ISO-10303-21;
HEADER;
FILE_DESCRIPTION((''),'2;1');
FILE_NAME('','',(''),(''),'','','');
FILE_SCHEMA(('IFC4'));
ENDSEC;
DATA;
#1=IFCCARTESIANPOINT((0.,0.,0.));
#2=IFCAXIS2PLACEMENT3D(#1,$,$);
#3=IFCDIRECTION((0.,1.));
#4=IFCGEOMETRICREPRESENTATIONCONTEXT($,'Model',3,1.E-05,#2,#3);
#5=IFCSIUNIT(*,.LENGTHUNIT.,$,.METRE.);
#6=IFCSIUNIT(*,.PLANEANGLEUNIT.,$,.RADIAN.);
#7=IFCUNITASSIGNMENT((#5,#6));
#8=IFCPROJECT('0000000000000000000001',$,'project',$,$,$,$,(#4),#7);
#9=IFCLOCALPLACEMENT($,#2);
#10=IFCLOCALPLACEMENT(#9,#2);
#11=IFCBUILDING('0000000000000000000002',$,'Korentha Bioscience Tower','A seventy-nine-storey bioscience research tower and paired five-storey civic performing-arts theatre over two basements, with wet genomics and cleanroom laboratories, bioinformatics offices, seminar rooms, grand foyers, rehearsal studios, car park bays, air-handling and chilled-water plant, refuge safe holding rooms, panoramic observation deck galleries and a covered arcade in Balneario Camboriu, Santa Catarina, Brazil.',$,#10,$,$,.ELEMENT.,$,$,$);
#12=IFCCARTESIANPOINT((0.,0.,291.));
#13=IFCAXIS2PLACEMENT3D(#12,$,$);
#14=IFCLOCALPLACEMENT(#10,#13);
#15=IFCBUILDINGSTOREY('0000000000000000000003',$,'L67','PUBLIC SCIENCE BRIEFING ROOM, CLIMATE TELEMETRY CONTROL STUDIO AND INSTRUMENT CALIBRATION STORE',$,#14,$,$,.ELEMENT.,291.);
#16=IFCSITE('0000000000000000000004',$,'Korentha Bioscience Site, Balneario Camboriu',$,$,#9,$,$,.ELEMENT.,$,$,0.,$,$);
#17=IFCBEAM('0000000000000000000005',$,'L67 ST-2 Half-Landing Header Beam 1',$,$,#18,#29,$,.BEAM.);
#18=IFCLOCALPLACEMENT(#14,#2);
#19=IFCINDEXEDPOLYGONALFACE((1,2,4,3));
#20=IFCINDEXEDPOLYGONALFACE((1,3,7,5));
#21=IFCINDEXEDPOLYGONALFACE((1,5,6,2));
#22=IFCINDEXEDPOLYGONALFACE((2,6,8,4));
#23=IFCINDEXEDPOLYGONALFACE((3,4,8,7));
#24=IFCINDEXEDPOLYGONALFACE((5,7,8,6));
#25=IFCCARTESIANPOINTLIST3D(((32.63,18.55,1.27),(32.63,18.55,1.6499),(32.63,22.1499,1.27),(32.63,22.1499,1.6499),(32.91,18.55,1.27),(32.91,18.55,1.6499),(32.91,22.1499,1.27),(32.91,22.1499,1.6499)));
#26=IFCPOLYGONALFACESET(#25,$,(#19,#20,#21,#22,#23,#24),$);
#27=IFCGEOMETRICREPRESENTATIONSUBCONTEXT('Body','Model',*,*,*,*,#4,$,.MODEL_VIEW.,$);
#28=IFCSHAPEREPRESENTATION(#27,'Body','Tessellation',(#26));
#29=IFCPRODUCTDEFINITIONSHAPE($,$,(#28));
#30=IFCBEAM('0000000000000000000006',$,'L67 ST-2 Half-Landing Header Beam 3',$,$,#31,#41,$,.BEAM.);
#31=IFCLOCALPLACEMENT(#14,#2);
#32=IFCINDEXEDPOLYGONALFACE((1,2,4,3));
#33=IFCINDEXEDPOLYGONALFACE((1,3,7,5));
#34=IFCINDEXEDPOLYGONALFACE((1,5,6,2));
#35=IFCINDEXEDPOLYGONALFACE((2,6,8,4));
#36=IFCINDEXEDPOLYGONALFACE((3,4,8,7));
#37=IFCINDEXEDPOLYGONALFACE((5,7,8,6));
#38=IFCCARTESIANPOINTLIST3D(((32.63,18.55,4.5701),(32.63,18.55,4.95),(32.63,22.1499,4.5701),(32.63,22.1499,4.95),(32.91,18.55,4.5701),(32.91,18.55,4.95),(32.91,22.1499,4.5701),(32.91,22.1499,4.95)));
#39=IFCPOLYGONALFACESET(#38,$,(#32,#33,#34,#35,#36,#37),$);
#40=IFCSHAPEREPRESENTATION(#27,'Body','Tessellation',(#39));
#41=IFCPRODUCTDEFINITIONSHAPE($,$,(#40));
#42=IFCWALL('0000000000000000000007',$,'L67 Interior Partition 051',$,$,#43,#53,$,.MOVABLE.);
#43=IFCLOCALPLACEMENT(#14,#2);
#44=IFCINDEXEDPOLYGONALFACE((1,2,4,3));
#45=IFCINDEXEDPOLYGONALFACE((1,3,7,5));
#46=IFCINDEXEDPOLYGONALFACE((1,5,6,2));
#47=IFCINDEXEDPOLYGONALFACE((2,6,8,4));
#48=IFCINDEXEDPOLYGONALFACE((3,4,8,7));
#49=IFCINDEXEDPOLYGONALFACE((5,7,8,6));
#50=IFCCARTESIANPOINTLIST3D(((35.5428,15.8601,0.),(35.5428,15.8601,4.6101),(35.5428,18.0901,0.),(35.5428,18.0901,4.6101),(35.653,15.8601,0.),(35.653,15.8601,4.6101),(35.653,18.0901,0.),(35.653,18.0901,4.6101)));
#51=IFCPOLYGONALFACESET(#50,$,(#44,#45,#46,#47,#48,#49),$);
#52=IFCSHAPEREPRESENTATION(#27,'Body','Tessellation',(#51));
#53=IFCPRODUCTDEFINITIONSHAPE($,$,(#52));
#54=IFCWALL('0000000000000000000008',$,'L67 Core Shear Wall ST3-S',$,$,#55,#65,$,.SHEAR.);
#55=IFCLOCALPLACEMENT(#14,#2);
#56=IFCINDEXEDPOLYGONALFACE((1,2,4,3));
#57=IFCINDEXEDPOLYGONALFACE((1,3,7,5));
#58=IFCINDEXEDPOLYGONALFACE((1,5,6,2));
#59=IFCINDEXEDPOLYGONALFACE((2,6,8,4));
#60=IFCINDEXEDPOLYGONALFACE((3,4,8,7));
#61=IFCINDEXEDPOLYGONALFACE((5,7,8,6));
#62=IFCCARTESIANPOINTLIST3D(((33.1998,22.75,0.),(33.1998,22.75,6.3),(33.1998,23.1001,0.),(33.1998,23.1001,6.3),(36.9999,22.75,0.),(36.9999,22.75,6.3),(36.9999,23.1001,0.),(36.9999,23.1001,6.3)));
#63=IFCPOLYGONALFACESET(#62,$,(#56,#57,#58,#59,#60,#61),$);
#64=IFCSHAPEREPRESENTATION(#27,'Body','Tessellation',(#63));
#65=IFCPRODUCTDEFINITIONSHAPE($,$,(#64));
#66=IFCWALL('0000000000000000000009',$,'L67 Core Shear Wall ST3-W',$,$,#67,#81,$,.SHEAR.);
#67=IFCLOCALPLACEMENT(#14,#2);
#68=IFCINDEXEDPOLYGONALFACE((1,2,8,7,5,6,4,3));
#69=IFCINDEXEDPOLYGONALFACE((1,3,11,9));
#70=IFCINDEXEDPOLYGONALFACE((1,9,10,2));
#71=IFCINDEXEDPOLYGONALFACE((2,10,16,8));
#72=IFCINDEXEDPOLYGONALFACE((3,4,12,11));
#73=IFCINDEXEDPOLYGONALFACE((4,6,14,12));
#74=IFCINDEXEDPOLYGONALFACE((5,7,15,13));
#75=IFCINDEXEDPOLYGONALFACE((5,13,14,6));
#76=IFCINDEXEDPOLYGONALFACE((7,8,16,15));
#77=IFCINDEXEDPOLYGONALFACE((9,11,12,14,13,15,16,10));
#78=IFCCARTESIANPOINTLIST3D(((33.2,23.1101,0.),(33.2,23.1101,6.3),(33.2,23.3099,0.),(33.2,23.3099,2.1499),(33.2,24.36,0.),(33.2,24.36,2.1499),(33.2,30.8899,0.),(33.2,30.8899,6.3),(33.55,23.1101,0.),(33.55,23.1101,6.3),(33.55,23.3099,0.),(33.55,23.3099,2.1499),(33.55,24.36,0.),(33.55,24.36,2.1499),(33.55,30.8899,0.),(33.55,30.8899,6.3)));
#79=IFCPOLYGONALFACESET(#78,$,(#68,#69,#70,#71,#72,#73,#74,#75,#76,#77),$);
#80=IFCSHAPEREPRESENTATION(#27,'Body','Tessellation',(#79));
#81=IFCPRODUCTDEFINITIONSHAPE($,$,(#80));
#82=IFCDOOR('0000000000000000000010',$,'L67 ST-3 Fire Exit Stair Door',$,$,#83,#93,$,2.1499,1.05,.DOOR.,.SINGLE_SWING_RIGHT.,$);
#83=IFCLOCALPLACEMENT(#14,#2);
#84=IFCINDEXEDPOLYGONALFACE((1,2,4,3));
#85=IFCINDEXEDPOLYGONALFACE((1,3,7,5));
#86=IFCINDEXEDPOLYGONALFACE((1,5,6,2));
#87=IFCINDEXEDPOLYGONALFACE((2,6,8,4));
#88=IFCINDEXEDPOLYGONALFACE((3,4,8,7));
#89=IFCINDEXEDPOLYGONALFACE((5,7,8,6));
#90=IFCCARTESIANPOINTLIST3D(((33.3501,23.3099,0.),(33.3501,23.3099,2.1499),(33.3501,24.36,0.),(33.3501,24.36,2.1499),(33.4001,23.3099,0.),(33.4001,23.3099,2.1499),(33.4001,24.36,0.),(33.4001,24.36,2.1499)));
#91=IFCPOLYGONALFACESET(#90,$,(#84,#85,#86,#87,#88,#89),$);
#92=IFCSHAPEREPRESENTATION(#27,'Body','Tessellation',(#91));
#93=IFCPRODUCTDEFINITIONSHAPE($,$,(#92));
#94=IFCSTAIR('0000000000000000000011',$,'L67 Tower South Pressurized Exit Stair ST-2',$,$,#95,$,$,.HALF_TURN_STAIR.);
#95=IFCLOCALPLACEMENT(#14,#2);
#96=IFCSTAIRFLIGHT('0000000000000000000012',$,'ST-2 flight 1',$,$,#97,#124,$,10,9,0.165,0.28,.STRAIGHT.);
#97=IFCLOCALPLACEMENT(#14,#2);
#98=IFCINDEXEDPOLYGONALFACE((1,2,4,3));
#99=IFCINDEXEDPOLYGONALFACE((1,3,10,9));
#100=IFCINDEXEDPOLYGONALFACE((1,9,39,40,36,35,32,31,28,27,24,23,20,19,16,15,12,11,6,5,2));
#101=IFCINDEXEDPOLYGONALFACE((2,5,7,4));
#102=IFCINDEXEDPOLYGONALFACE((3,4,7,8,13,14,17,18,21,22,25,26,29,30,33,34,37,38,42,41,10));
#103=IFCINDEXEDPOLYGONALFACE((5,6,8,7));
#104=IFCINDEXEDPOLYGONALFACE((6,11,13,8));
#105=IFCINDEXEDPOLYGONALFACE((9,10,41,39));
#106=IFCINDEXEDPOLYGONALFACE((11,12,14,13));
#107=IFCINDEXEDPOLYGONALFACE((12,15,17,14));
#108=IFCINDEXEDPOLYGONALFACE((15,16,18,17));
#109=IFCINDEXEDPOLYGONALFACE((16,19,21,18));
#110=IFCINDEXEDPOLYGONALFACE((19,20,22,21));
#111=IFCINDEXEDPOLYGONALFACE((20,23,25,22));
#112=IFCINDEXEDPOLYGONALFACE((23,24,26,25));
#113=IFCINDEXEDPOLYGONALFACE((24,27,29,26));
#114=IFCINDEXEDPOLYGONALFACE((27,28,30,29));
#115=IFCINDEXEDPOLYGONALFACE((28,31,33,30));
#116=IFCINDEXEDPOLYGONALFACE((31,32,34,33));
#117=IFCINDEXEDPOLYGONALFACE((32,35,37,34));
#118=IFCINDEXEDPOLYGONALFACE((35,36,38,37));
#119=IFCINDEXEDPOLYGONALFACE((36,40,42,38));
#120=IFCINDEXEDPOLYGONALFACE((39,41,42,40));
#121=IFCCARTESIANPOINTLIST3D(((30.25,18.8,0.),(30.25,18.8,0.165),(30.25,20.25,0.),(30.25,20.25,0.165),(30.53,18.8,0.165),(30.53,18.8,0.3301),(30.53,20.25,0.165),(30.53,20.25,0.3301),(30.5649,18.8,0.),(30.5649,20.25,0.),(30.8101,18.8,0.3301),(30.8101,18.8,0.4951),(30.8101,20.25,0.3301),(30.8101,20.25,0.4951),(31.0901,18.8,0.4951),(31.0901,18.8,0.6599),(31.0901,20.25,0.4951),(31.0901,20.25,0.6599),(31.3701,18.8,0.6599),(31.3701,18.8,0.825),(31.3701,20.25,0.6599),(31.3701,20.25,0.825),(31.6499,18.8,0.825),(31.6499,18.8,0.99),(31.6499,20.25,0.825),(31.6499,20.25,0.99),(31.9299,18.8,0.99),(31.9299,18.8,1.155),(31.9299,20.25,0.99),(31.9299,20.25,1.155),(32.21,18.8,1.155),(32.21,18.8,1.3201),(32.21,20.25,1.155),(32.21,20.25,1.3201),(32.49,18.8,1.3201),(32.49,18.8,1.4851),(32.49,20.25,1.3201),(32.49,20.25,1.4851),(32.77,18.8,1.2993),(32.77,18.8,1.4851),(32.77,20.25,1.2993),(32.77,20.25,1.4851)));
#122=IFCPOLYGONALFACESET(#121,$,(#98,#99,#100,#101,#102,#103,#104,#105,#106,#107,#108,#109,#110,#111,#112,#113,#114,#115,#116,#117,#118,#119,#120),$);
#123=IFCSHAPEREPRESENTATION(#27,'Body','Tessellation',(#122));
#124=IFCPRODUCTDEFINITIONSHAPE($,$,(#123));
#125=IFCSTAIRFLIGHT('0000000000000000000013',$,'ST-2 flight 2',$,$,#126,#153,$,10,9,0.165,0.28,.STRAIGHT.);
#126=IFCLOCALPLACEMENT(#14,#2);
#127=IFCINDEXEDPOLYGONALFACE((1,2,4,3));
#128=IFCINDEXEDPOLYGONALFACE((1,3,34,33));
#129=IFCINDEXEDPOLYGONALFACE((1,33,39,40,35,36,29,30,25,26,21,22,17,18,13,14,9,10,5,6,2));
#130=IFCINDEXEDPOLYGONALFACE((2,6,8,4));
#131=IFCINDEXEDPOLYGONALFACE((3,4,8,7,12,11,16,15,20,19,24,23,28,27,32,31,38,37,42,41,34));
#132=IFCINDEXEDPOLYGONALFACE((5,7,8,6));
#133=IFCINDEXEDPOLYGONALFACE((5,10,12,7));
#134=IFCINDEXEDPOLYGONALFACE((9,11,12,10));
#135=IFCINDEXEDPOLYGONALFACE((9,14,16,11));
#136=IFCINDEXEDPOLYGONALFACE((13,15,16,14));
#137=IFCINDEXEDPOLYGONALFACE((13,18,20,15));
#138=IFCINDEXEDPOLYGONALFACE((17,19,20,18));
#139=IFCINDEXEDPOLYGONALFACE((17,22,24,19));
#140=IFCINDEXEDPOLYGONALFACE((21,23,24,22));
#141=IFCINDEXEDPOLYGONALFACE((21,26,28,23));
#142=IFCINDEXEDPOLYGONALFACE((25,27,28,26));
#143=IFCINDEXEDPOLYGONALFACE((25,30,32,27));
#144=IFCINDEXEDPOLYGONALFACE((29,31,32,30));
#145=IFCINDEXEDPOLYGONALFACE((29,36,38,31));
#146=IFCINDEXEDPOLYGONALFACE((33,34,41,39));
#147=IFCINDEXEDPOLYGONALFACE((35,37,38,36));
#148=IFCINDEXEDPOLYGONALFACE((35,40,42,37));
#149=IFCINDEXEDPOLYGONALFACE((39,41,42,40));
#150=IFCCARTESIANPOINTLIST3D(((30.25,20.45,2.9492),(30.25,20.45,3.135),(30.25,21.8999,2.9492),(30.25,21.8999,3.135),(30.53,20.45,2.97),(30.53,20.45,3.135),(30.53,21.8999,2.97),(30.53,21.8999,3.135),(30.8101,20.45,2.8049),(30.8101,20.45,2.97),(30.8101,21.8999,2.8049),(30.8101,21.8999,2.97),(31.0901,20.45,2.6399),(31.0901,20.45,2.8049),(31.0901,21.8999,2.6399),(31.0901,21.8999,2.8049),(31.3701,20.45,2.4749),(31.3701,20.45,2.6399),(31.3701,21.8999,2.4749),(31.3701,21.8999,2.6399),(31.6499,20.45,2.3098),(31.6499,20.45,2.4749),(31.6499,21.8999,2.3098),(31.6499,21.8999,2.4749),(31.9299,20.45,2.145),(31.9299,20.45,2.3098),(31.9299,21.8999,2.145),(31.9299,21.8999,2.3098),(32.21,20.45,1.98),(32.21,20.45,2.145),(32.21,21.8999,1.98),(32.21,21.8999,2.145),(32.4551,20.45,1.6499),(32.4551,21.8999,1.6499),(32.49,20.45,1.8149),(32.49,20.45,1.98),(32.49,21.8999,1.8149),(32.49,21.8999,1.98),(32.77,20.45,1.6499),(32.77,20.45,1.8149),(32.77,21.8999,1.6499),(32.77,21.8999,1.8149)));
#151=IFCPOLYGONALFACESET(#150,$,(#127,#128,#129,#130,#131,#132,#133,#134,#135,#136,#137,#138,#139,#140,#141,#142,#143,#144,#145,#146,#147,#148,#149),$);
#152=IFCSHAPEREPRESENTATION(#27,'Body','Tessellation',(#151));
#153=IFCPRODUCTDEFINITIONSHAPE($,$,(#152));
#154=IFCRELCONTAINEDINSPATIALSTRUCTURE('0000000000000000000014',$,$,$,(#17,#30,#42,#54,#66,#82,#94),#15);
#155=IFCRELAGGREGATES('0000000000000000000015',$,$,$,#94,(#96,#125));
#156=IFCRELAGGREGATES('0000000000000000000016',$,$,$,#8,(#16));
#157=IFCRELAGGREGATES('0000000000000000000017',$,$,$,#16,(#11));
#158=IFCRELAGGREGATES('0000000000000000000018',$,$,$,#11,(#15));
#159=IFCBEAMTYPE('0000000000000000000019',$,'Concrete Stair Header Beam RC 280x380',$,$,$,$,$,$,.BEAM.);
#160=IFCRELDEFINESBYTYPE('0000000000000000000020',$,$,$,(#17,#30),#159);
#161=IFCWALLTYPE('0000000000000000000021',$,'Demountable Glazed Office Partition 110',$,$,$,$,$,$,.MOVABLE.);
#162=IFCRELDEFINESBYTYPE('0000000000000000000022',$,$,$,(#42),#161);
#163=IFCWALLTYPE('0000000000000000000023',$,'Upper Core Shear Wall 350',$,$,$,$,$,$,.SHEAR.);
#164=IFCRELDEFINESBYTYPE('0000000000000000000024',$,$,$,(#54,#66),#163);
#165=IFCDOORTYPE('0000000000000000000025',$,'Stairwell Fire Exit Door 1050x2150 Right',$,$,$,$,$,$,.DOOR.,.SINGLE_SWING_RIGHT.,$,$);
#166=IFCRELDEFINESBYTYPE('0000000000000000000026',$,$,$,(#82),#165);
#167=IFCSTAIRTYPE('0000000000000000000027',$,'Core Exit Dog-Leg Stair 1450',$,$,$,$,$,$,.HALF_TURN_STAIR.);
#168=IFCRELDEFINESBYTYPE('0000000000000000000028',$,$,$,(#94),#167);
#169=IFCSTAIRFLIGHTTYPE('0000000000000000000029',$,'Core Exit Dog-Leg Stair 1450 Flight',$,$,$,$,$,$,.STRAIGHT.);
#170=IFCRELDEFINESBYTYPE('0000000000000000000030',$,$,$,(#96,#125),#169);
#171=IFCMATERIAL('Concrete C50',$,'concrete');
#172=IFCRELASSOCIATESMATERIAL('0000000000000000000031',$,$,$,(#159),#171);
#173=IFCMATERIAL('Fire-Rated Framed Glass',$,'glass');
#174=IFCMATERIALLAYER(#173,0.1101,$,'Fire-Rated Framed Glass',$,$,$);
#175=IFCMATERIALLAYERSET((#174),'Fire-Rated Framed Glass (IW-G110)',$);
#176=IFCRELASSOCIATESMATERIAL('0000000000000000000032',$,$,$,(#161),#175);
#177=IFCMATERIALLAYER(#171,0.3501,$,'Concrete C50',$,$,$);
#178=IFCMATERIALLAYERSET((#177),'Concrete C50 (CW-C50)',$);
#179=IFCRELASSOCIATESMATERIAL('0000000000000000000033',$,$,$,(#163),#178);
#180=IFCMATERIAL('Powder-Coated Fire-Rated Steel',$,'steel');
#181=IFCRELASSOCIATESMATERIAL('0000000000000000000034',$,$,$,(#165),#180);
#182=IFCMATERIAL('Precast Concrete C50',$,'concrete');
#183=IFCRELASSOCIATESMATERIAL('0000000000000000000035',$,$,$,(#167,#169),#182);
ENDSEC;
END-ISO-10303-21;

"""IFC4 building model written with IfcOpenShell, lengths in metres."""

from ifc_helpers import new_model, si_unit, direction, frame, frame_2d, origin, origin_2d, place, context, subcontext, project, spatial, polyline, rectangle, outline, extrude, material, layer, layer_set, material_profile, profile_set, type_object, element, fill, aggregate, save


model = new_model("IFC4")

# Units and contexts
model_context = context("Model", 3, precision=1e-05, world=origin(), true_north=direction((0.0, 1.0)))
body_context = subcontext(model_context, "Body", "Model", "MODEL_VIEW")
ifc_project = project(units=[si_unit("LENGTHUNIT", "METRE"), si_unit("PLANEANGLEUNIT", "RADIAN")], contexts=[model_context])

# Site, building, storey
site_placement = place(None, origin())
site = spatial("IfcSite", under=ifc_project, at=site_placement, Name="Korentha Bioscience Site, Balneario Camboriu", CompositionType="ELEMENT", RefElevation=0.0)
building_placement = place(site_placement, origin())
building = spatial("IfcBuilding", under=site, at=building_placement, Name="Korentha Bioscience Tower", Description="A seventy-nine-storey bioscience research tower and paired five-storey civic performing-arts theatre over two basements, with wet genomics and cleanroom laboratories, bioinformatics offices, seminar rooms, grand foyers, rehearsal studios, car park bays, air-handling and chilled-water plant, refuge safe holding rooms, panoramic observation deck galleries and a covered arcade in Balneario Camboriu, Santa Catarina, Brazil.", CompositionType="ELEMENT")
storey_placement = place(building_placement, frame((0.0, 0.0, 291.0)))
storey = spatial("IfcBuildingStorey", under=building, at=storey_placement, Name="L67", Description="PUBLIC SCIENCE BRIEFING ROOM, CLIMATE TELEMETRY CONTROL STUDIO AND INSTRUMENT CALIBRATION STORE", CompositionType="ELEMENT", Elevation=291.0)

# Beams
ifc_material_1 = material(Name="Concrete C50", Category="concrete")
ifc_material_profile = material_profile(ifc_material_1, rectangle(XDim=0.28, YDim=0.3799, at=origin_2d()), Name="Concrete C50")
ifc_profile_set = profile_set([ifc_material_profile], Name="Concrete C50 (ST-HB380)")
beam_type = type_object("IfcBeamType", Name="Concrete Stair Header Beam RC 280x380", PredefinedType="BEAM", material=ifc_profile_set)
for number, where, z_axis, x_axis, name in (
    (1, (32.77, 18.55, 1.46), (0.0, 1.0, 0.0), (-1.0, 0.0, 0.0), "L67 ST-2 Half-Landing Header Beam 1"),
    (2, (32.77, 18.55, 4.76), (0.0, 1.0, 0.0), (-1.0, 0.0, 0.0), "L67 ST-2 Half-Landing Header Beam 3"),
):
    element("IfcBeam", number, at=place(storey_placement, frame(where, z_axis=z_axis, x_axis=x_axis)), inside=storey, type_object=beam_type, Name=name, PredefinedType="BEAM", context=body_context, shape_type="SweptSolid", body=[
        extrude(rectangle(XDim=0.28, YDim=0.3799, at=origin_2d()), origin(), (0.0, 0.0, 1.0), 3.5999),
    ])

# Walls
ifc_material_2 = material(Name="Fire-Rated Framed Glass", Category="glass")
ifc_layer_1 = layer(ifc_material_2, 0.1101, Name="Fire-Rated Framed Glass")
ifc_layer_set_1 = layer_set([ifc_layer_1], Name="Fire-Rated Framed Glass (IW-G110)")
wall_type_1 = type_object("IfcWallType", Name="Demountable Glazed Office Partition 110", PredefinedType="MOVABLE", material=ifc_layer_set_1)
wall_1_placement = place(storey_placement, frame((35.5979, 18.0901, 0.0), z_axis=(0.0, 0.0, 1.0), x_axis=(0.0, -1.0, 0.0)))
element("IfcWall", 3, at=wall_1_placement, inside=storey, type_object=wall_type_1, Name="L67 Interior Partition 051", PredefinedType="MOVABLE", context=body_context, shape_type="SweptSolid", body=[
    extrude(rectangle(XDim=2.23, YDim=0.1101, at=frame_2d((1.115, 0.0))), origin(), (0.0, 0.0, 1.0), 4.6101),
])
ifc_layer_2 = layer(ifc_material_1, 0.3501, Name="Concrete C50")
ifc_layer_set_2 = layer_set([ifc_layer_2], Name="Concrete C50 (CW-C50)")
wall_type_2 = type_object("IfcWallType", Name="Upper Core Shear Wall 350", PredefinedType="SHEAR", material=ifc_layer_set_2)
wall_2_placement = place(storey_placement, frame((33.2, 22.925, 0.0), z_axis=(0.0, 0.0, 1.0), x_axis=(1.0, 0.0, 0.0)))
element("IfcWall", 4, at=wall_2_placement, inside=storey, type_object=wall_type_2, Name="L67 Core Shear Wall ST3-S", PredefinedType="SHEAR", context=body_context, shape_type="SweptSolid", body=[
    extrude(rectangle(XDim=3.8, YDim=0.3501, at=frame_2d((1.8999, 0.0))), origin(), (0.0, 0.0, 1.0), 6.3),
])

# Wall, opening, door
wall_3_placement = place(storey_placement, frame((33.375, 23.1101, 0.0), z_axis=(0.0, 0.0, 1.0), x_axis=(0.0, 1.0, 0.0)))
wall_3 = element("IfcWall", 5, at=wall_3_placement, inside=storey, type_object=wall_type_2, Name="L67 Core Shear Wall ST3-W", PredefinedType="SHEAR", context=body_context, shape_type="SweptSolid", body=[
    extrude(rectangle(XDim=7.7798, YDim=0.3501, at=frame_2d((3.8899, 0.0))), origin(), (0.0, 0.0, 1.0), 6.3),
])
opening_placement = place(wall_3_placement, frame((0.2, 0.0, 0.0)))
opening = element("IfcOpeningElement", 6, at=opening_placement, cuts=wall_3, PredefinedType="OPENING", context=body_context, shape_type="SweptSolid", body=[
    extrude(rectangle(XDim=1.05, YDim=2.1499, at=frame_2d((0.5249, 1.075))), frame((0.0, 0.1899, 0.0), z_axis=(0.0, -1.0, 0.0), x_axis=(1.0, 0.0, 0.0)), (0.0, 0.0, 1.0), 0.3799),
])
ifc_material_3 = material(Name="Powder-Coated Fire-Rated Steel", Category="steel")
door_type = type_object("IfcDoorType", Name="Stairwell Fire Exit Door 1050x2150 Right", OperationType="SINGLE_SWING_RIGHT", PredefinedType="DOOR", material=ifc_material_3)
door_placement = place(opening_placement, origin())
door = element("IfcDoor", 7, at=door_placement, inside=storey, type_object=door_type, Name="L67 ST-3 Fire Exit Stair Door", OperationType="SINGLE_SWING_RIGHT", OverallHeight=2.1499, OverallWidth=1.05, PredefinedType="DOOR", context=body_context, shape_type="SweptSolid", body=[
    extrude(rectangle(XDim=1.05, YDim=2.1499, at=frame_2d((0.5249, 1.075))), frame((0.0, 0.0249, 0.0), z_axis=(0.0, -1.0, 0.0), x_axis=(1.0, 0.0, 0.0)), (0.0, 0.0, 1.0), 0.05),
])
fill(opening, door)

# Stair, stair flights
ifc_material_4 = material(Name="Precast Concrete C50", Category="concrete")
stair_type = type_object("IfcStairType", Name="Core Exit Dog-Leg Stair 1450", PredefinedType="HALF_TURN_STAIR", material=ifc_material_4)
stair_placement = place(storey_placement, origin())
stair = element("IfcStair", 8, at=stair_placement, inside=storey, type_object=stair_type, Name="L67 Tower South Pressurized Exit Stair ST-2", PredefinedType="HALF_TURN_STAIR")
stair_flight_type = type_object("IfcStairFlightType", Name="Core Exit Dog-Leg Stair 1450 Flight", PredefinedType="STRAIGHT", material=ifc_material_4)
stair_flight_1_placement = place(storey_placement, frame((30.25, 19.5249, 0.0), z_axis=(0.0, 0.0, 1.0), x_axis=(1.0, 0.0, 0.0)))
stair_flight_1 = element("IfcStairFlight", 9, at=stair_flight_1_placement, type_object=stair_flight_type, Name="ST-2 flight 1", NumberOfRisers=10, NumberOfTreads=9, PredefinedType="STRAIGHT", RiserHeight=0.165, TreadLength=0.28, context=body_context, shape_type="SweptSolid", body=[
    extrude(outline(polyline([(0.0, 0.0), (0.0, 0.165), (0.28, 0.165), (0.28, 0.3301), (0.5601, 0.3301), (0.5601, 0.4951), (0.8401, 0.4951), (0.8401, 0.6599), (1.1201, 0.6599), (1.1201, 0.825), (1.3999, 0.825), (1.3999, 0.99), (1.6799, 0.99), (1.6799, 1.155), (1.96, 1.155), (1.96, 1.3201), (2.24, 1.3201), (2.24, 1.4851), (2.52, 1.4851), (2.52, 1.6499), (2.52, 1.2993), (0.3149, 0.0), (0.0, 0.0)])), frame((0.0, 0.7251, 0.0), z_axis=(0.0, -1.0, 0.0), x_axis=(1.0, 0.0, 0.0)), (0.0, 0.0, 1.0), 1.45),
])
stair_flight_2_placement = place(storey_placement, frame((32.77, 21.175, 1.6499), z_axis=(0.0, 0.0, 1.0), x_axis=(-1.0, 0.0, 0.0)))
stair_flight_2 = element("IfcStairFlight", 10, at=stair_flight_2_placement, type_object=stair_flight_type, Name="ST-2 flight 2", NumberOfRisers=10, NumberOfTreads=9, PredefinedType="STRAIGHT", RiserHeight=0.165, TreadLength=0.28, context=body_context, shape_type="SweptSolid", body=[
    extrude(outline(polyline([(0.0, 0.0), (0.0, 0.165), (0.28, 0.165), (0.28, 0.3301), (0.5601, 0.3301), (0.5601, 0.4951), (0.8401, 0.4951), (0.8401, 0.6599), (1.1201, 0.6599), (1.1201, 0.825), (1.3999, 0.825), (1.3999, 0.99), (1.6799, 0.99), (1.6799, 1.155), (1.96, 1.155), (1.96, 1.3201), (2.24, 1.3201), (2.24, 1.4851), (2.52, 1.4851), (2.52, 1.6499), (2.52, 1.2993), (0.3149, 0.0), (0.0, 0.0)])), frame((0.0, 0.7251, 0.0), z_axis=(0.0, -1.0, 0.0), x_axis=(1.0, 0.0, 0.0)), (0.0, 0.0, 1.0), 1.45),
])
aggregate(stair, [stair_flight_1, stair_flight_2])

save(model, "model.ifc")
